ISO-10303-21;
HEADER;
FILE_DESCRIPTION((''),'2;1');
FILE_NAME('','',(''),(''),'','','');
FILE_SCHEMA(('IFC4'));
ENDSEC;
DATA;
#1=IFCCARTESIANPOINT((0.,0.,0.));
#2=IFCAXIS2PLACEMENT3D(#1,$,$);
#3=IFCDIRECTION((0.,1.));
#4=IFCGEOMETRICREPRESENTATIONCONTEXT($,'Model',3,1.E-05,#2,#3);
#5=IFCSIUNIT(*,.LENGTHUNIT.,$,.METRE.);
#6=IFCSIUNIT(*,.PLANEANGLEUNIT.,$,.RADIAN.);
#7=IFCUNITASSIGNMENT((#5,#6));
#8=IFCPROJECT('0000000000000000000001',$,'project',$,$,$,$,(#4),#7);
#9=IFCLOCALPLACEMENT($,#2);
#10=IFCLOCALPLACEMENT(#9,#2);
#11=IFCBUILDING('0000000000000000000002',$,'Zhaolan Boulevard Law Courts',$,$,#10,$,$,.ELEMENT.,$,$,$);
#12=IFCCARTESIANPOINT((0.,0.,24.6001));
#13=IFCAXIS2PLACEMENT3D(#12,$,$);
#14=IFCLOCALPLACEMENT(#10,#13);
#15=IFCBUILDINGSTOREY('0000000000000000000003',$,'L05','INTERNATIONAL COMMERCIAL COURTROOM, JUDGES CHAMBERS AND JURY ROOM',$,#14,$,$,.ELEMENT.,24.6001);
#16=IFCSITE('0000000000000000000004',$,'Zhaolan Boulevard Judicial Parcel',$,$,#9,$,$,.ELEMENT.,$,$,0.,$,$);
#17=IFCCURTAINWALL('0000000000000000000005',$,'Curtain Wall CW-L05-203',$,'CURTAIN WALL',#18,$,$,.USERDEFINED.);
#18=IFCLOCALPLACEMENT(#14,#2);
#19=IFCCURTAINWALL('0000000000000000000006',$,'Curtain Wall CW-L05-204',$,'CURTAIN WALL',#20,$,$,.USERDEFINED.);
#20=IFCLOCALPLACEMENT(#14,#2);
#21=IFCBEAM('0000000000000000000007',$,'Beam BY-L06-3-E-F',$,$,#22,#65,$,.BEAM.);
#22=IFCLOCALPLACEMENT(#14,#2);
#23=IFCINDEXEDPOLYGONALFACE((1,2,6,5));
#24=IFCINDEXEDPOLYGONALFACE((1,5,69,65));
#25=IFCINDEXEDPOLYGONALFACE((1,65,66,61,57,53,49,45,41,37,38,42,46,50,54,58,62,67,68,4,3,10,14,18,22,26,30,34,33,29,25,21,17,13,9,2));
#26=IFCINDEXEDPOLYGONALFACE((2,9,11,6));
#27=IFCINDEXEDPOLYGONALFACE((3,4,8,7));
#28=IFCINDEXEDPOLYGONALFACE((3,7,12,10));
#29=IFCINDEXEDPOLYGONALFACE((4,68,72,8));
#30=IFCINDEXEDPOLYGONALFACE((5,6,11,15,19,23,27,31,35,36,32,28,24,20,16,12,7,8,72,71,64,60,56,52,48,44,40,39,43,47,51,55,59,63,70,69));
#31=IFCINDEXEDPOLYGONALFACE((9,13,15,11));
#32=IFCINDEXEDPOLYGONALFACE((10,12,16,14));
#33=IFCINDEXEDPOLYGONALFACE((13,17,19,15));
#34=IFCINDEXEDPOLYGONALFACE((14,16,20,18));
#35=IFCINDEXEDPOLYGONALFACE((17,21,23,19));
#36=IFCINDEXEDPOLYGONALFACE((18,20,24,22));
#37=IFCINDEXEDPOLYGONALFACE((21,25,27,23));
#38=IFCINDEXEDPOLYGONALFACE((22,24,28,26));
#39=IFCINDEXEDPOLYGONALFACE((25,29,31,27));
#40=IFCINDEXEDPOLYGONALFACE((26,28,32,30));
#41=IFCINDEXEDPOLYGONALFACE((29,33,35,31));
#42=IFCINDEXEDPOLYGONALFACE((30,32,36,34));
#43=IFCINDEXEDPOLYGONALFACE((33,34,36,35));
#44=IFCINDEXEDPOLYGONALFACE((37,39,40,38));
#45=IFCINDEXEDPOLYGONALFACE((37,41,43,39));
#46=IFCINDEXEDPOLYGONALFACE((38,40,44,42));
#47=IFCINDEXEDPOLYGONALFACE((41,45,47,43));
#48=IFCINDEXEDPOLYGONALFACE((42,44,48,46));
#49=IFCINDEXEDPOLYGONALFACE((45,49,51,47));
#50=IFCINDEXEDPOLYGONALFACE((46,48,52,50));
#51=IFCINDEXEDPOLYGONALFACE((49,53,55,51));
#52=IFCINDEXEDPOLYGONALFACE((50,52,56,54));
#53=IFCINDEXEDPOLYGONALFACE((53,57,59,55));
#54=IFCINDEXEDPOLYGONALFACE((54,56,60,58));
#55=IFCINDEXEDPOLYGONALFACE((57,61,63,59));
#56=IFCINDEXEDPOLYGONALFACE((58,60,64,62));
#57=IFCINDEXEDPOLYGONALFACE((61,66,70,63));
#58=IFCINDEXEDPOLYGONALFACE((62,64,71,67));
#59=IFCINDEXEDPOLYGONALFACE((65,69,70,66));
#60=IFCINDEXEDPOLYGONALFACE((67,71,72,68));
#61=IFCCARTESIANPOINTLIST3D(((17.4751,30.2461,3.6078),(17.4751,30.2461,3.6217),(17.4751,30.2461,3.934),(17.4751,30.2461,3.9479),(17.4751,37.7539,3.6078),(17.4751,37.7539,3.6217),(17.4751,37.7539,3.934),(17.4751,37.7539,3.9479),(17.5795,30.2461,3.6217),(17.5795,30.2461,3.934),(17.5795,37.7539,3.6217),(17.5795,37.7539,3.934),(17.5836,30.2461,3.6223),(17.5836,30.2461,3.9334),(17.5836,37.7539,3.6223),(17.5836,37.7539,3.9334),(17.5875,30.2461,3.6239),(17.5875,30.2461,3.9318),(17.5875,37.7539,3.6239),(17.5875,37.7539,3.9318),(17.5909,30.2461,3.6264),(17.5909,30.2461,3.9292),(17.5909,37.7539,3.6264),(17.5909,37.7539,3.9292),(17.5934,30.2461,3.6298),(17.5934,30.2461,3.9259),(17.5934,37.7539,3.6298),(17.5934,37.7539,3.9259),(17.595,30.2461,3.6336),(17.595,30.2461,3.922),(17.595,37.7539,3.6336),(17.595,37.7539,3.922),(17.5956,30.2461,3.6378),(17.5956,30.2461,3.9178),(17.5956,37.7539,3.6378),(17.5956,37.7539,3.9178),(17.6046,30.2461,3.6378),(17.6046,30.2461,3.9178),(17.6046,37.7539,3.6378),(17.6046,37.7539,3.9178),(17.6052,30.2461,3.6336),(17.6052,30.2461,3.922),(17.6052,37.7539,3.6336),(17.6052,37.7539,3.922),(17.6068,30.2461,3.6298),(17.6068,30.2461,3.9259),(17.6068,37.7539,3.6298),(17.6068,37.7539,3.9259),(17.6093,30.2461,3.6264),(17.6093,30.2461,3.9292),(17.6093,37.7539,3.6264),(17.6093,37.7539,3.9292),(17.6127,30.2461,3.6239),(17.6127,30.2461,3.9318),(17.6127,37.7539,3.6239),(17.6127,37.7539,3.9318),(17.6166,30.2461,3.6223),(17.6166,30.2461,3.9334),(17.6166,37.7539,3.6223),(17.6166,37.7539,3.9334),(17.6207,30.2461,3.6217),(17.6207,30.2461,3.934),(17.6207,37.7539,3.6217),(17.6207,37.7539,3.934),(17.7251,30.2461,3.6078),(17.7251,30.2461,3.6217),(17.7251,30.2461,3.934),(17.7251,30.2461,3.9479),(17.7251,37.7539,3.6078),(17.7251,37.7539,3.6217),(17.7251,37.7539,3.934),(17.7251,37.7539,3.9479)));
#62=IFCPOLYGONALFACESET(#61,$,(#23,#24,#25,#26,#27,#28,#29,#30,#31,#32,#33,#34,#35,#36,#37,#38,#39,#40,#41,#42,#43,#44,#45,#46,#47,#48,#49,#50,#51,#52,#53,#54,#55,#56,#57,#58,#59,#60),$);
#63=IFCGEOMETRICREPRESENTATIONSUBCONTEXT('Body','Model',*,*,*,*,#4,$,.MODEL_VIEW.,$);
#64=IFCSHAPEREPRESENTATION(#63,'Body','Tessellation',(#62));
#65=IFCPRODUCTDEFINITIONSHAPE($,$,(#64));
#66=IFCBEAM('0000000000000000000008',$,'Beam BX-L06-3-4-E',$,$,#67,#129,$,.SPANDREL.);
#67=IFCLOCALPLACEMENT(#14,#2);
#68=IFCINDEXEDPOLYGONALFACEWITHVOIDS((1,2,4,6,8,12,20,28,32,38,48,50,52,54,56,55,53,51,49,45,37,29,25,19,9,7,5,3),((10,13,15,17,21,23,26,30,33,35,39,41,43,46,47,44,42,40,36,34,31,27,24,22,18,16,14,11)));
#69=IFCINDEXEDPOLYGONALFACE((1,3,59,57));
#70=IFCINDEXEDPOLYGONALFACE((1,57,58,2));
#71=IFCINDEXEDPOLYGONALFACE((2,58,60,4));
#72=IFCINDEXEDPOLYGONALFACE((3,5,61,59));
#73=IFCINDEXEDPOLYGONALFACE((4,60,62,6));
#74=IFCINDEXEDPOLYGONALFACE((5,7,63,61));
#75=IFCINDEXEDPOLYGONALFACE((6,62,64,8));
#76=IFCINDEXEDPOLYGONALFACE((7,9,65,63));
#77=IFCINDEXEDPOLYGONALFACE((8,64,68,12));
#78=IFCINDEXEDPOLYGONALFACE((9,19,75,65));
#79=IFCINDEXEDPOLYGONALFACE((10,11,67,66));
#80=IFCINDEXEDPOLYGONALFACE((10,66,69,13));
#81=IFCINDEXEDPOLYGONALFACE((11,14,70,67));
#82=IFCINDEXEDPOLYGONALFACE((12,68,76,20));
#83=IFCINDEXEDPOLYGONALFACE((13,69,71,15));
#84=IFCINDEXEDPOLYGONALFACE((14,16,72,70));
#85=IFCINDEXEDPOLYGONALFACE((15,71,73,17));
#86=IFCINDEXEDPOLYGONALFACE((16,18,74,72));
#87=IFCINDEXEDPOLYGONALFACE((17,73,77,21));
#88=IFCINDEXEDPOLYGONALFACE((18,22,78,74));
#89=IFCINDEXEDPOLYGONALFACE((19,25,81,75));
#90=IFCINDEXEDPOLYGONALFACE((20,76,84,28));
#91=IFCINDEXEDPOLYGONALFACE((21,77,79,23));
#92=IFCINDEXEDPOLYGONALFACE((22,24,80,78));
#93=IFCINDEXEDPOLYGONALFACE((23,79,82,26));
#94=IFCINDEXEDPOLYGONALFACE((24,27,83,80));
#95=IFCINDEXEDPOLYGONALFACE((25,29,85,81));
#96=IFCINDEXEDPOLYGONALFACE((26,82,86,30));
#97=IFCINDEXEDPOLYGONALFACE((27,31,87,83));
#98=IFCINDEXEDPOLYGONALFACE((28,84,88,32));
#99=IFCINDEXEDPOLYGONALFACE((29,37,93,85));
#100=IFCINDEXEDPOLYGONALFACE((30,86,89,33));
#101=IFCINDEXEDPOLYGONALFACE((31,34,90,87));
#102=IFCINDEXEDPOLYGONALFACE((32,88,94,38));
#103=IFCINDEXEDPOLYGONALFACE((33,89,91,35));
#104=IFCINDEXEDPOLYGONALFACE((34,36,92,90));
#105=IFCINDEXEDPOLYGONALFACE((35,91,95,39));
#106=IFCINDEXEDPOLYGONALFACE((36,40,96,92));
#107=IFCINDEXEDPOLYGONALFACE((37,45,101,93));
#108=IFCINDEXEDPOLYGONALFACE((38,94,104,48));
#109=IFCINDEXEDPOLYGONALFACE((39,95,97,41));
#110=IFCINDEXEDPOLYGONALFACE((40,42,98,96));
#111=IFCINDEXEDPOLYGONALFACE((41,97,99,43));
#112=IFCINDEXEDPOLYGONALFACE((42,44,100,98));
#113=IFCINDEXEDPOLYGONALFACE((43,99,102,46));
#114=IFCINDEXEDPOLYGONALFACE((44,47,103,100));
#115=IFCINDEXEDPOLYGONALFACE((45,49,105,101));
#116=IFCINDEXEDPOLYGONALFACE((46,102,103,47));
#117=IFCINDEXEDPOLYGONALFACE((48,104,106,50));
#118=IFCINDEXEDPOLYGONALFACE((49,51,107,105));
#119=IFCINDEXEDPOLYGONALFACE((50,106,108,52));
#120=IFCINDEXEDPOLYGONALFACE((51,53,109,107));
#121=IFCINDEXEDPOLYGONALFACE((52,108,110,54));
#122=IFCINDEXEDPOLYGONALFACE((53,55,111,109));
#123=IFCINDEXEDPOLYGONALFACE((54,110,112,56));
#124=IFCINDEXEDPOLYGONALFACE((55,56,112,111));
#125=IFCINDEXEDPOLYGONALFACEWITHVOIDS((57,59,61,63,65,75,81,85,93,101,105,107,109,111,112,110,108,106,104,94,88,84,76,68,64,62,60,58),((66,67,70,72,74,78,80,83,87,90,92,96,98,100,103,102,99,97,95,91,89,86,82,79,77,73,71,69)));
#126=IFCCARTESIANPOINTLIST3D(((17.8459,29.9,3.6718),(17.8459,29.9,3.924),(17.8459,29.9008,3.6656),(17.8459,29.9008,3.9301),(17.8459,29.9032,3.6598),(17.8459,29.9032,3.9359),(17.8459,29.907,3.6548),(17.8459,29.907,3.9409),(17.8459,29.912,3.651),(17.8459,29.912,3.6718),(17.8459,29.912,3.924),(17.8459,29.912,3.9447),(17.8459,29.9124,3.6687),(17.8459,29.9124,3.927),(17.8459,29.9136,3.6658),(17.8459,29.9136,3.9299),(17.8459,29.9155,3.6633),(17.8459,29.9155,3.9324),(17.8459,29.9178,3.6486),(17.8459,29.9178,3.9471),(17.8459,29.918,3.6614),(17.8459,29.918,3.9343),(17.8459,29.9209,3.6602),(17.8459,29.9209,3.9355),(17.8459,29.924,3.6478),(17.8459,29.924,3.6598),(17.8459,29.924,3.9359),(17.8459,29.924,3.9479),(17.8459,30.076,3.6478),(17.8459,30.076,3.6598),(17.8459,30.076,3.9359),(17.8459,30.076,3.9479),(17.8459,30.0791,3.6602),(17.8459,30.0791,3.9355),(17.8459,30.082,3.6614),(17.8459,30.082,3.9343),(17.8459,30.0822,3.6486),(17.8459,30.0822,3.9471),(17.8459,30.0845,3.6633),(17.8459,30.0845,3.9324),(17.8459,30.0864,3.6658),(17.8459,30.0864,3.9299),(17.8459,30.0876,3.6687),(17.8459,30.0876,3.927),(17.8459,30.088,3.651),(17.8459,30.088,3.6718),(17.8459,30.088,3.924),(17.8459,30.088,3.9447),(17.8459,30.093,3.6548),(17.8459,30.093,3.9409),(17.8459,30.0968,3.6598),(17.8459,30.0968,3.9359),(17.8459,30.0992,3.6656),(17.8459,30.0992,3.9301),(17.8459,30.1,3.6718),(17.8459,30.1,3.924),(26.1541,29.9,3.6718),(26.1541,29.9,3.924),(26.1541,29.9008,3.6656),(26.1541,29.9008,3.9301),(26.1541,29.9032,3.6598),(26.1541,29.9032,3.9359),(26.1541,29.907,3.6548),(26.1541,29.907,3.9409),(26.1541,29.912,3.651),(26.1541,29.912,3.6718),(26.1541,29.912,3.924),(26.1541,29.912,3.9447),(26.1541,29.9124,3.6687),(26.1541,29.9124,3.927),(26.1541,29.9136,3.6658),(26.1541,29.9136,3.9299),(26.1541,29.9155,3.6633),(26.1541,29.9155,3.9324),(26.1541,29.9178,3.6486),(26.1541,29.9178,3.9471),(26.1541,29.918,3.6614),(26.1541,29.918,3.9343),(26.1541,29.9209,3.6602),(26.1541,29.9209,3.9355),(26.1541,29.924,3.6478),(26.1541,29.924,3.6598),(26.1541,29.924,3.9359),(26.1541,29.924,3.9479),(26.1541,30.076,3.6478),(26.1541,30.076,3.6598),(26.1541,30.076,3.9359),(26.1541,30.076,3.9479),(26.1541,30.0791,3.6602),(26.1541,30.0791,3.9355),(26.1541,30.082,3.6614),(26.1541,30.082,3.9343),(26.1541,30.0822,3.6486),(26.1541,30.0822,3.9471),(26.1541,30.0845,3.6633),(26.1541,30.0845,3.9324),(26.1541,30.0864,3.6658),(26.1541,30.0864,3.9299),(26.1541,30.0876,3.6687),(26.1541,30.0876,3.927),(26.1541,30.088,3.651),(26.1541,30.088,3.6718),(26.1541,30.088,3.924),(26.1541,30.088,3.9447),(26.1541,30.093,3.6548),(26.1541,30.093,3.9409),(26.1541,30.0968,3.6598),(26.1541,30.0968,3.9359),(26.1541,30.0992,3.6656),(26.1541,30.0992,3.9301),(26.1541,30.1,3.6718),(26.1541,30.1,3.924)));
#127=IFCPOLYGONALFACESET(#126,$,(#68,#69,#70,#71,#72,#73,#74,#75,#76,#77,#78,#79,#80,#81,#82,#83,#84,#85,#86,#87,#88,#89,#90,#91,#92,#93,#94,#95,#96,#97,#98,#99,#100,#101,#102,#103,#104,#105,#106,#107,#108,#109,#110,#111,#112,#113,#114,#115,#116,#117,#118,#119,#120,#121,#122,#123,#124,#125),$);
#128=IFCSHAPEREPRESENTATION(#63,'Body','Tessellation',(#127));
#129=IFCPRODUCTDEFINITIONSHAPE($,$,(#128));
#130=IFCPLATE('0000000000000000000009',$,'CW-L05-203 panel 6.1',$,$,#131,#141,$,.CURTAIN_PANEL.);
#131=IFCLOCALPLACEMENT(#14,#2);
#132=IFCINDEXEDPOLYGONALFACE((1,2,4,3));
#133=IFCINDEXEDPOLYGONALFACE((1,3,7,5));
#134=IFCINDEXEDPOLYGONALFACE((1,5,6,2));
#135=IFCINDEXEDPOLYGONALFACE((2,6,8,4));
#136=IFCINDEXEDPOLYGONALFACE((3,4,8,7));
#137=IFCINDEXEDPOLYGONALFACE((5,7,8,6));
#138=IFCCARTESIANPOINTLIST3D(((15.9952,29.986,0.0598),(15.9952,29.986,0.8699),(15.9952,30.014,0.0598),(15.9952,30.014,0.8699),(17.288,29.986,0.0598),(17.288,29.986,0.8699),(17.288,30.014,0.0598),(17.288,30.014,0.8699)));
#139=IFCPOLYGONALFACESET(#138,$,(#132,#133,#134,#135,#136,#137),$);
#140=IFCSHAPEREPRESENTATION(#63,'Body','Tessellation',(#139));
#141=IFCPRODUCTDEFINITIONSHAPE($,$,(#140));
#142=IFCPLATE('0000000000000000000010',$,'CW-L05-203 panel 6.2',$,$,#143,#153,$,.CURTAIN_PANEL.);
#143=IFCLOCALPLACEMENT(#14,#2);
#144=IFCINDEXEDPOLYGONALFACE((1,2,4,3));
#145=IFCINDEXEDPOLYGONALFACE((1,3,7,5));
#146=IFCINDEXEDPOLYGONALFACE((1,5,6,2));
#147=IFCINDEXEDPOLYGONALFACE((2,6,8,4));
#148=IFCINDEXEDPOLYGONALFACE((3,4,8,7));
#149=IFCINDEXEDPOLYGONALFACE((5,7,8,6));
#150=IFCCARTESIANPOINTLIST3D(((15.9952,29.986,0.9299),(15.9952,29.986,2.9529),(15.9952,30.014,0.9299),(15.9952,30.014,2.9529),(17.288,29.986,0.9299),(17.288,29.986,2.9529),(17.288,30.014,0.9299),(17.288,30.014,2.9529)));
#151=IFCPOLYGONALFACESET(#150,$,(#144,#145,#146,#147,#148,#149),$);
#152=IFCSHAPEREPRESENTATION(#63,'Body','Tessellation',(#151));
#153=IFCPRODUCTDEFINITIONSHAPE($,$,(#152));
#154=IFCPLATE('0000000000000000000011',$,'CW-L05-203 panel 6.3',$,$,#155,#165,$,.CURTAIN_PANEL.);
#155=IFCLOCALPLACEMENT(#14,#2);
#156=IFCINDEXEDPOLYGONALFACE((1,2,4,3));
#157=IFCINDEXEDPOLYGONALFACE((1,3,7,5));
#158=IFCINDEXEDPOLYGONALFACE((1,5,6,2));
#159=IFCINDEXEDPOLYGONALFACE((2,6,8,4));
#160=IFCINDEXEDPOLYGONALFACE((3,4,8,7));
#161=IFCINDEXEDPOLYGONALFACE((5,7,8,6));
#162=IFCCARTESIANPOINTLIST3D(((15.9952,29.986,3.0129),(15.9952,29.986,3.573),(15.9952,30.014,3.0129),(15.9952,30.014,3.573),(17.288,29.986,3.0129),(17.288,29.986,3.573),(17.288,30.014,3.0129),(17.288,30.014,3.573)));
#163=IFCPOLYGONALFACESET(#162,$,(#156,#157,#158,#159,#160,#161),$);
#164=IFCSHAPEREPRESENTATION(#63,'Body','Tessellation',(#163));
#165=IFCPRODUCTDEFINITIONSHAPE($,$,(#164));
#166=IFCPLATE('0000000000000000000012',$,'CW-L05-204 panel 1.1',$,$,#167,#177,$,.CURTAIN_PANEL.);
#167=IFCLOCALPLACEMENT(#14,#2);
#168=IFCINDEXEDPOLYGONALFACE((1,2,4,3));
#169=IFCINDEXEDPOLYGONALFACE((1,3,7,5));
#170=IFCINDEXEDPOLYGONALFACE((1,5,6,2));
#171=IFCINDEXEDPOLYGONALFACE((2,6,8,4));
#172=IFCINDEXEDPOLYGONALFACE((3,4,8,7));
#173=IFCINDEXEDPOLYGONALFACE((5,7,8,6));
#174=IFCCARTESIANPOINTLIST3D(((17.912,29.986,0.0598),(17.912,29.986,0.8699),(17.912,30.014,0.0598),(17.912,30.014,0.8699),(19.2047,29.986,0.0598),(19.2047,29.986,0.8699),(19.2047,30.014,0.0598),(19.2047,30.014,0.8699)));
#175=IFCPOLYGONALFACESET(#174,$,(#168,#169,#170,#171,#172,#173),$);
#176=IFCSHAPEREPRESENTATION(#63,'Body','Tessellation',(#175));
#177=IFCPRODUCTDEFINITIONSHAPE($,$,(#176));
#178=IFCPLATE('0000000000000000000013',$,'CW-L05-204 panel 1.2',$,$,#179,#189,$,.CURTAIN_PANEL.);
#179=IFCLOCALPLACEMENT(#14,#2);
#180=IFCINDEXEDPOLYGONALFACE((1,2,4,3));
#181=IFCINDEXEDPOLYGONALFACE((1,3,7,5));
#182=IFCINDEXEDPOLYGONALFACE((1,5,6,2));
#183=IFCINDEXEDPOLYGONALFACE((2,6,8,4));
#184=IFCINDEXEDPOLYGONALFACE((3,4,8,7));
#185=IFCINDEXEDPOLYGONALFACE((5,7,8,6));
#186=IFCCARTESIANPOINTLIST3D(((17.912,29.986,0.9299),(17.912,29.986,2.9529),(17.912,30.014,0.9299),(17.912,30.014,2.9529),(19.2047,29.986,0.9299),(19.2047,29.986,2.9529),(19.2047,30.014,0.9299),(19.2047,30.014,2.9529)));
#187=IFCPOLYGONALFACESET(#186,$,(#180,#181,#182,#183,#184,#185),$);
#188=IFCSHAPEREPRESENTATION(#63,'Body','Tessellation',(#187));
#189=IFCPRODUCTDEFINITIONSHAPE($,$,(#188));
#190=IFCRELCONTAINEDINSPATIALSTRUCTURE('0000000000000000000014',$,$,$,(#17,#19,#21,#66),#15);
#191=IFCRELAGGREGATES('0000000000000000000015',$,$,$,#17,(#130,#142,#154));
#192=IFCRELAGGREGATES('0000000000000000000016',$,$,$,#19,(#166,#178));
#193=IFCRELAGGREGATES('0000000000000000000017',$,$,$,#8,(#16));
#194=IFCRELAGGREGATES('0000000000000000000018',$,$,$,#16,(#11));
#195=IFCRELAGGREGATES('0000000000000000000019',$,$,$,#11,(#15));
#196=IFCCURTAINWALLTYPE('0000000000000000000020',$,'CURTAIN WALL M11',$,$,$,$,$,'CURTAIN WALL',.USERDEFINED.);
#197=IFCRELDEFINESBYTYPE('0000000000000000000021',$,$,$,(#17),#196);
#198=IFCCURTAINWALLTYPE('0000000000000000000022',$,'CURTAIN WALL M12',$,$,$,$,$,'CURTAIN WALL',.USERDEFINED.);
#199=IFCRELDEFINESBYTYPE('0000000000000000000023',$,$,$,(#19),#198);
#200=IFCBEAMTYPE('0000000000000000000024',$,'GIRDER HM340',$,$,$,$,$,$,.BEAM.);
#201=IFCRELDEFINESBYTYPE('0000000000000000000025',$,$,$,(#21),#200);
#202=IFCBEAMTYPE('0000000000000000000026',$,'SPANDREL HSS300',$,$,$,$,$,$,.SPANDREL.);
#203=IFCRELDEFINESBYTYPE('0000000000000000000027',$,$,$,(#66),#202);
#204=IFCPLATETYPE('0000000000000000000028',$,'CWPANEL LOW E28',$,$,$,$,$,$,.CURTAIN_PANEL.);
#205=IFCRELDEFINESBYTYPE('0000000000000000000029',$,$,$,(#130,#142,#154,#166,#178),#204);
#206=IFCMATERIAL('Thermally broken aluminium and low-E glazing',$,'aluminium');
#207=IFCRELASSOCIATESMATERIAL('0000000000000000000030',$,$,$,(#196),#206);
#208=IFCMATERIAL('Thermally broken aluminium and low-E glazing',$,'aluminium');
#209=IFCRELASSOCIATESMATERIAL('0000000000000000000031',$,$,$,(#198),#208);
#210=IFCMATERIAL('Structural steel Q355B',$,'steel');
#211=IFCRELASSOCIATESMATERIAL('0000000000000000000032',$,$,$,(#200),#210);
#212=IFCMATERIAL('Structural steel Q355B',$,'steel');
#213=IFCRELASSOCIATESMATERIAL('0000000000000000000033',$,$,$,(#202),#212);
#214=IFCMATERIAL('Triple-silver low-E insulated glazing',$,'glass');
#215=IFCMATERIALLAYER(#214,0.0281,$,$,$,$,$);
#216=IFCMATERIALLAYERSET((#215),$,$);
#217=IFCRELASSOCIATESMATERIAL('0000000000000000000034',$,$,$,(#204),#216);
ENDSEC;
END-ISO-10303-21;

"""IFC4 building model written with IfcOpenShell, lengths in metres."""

from ifc_helpers import new_model, si_unit, direction, frame, origin, origin_2d, place, context, subcontext, project, spatial, rectangle, hollow_rectangle, i_section, extrude, material, layer, layer_set, material_profile, profile_set, type_object, element, aggregate, save


model = new_model("IFC4")

# Units and contexts
model_context = context("Model", 3, precision=1e-05, world=origin(), true_north=direction((0.0, 1.0)))
body_context = subcontext(model_context, "Body", "Model", "MODEL_VIEW")
ifc_project = project(units=[si_unit("LENGTHUNIT", "METRE"), si_unit("PLANEANGLEUNIT", "RADIAN")], contexts=[model_context])

# Site, building, storey
site_placement = place(None, origin())
site = spatial("IfcSite", under=ifc_project, at=site_placement, Name="Zhaolan Boulevard Judicial Parcel", CompositionType="ELEMENT", RefElevation=0.0)
building_placement = place(site_placement, origin())
building = spatial("IfcBuilding", under=site, at=building_placement, Name="Zhaolan Boulevard Law Courts", CompositionType="ELEMENT")
storey_placement = place(building_placement, frame((0.0, 0.0, 24.6001)))
storey = spatial("IfcBuildingStorey", under=building, at=storey_placement, Name="L05", Description="INTERNATIONAL COMMERCIAL COURTROOM, JUDGES CHAMBERS AND JURY ROOM", CompositionType="ELEMENT", Elevation=24.6001)

# Curtain walls
ifc_material_1 = material(Name="Thermally broken aluminium and low-E glazing", Category="aluminium")
curtain_wall_type_1 = type_object("IfcCurtainWallType", Name="CURTAIN WALL M11", ElementType="CURTAIN WALL", PredefinedType="USERDEFINED", material=ifc_material_1)
curtain_wall_1_placement = place(storey_placement, origin())
curtain_wall_1 = element("IfcCurtainWall", 1, at=curtain_wall_1_placement, inside=storey, type_object=curtain_wall_type_1, Name="Curtain Wall CW-L05-203", ObjectType="CURTAIN WALL", PredefinedType="USERDEFINED")
ifc_material_2 = material(Name="Thermally broken aluminium and low-E glazing", Category="aluminium")
curtain_wall_type_2 = type_object("IfcCurtainWallType", Name="CURTAIN WALL M12", ElementType="CURTAIN WALL", PredefinedType="USERDEFINED", material=ifc_material_2)
curtain_wall_2_placement = place(storey_placement, origin())
curtain_wall_2 = element("IfcCurtainWall", 2, at=curtain_wall_2_placement, inside=storey, type_object=curtain_wall_type_2, Name="Curtain Wall CW-L05-204", ObjectType="CURTAIN WALL", PredefinedType="USERDEFINED")

# Beams
ifc_material_3 = material(Name="Structural steel Q355B", Category="steel")
ifc_material_profile_1 = material_profile(ifc_material_3, i_section(OverallWidth=0.25, OverallDepth=0.3401, WebThickness=0.009, FlangeThickness=0.0139, FilletRadius=0.0161, at=origin_2d()), Name="HM340x250")
ifc_profile_set_1 = profile_set([ifc_material_profile_1], Name="Structural steel Q355B")
beam_type_1 = type_object("IfcBeamType", Name="GIRDER HM340", PredefinedType="BEAM", material=ifc_profile_set_1)
beam_1_placement = place(storey_placement, frame((17.6001, 30.2461, 3.7778), z_axis=(0.0, 1.0, 0.0), x_axis=(-1.0, 0.0, 0.0)))
element("IfcBeam", 3, at=beam_1_placement, inside=storey, type_object=beam_type_1, Name="Beam BY-L06-3-E-F", PredefinedType="BEAM", context=body_context, shape_type="SweptSolid", body=[
    extrude(i_section(OverallWidth=0.25, OverallDepth=0.3401, WebThickness=0.009, FlangeThickness=0.0139, FilletRadius=0.0161, at=origin_2d()), origin(), (0.0, 0.0, 1.0), 7.5078),
])
ifc_material_4 = material(Name="Structural steel Q355B", Category="steel")
ifc_material_profile_2 = material_profile(ifc_material_4, hollow_rectangle(XDim=0.2, YDim=0.3, WallThickness=0.012, InnerFilletRadius=0.012, OuterFilletRadius=0.0239, at=origin_2d()), Name="HSS300x200x12")
ifc_profile_set_2 = profile_set([ifc_material_profile_2], Name="Structural steel Q355B")
beam_type_2 = type_object("IfcBeamType", Name="SPANDREL HSS300", PredefinedType="SPANDREL", material=ifc_profile_set_2)
beam_2_placement = place(storey_placement, frame((17.8459, 30.0, 3.7979), z_axis=(1.0, 0.0, 0.0), x_axis=(0.0, 1.0, 0.0)))
element("IfcBeam", 4, at=beam_2_placement, inside=storey, type_object=beam_type_2, Name="Beam BX-L06-3-4-E", PredefinedType="SPANDREL", context=body_context, shape_type="SweptSolid", body=[
    extrude(hollow_rectangle(XDim=0.2, YDim=0.3, WallThickness=0.012, InnerFilletRadius=0.012, OuterFilletRadius=0.0239, at=origin_2d()), origin(), (0.0, 0.0, 1.0), 8.3081),
])

# Plates
ifc_material_5 = material(Name="Triple-silver low-E insulated glazing", Category="glass")
ifc_layer_1 = layer(ifc_material_5, 0.0281)
ifc_layer_set_1 = layer_set([ifc_layer_1])
plate_type_1 = type_object("IfcPlateType", Name="CWPANEL LOW E28", PredefinedType="CURTAIN_PANEL", material=ifc_layer_set_1)
plate_1_placement = place(storey_placement, frame((16.6416, 30.0, 0.0598), z_axis=(0.0, 0.0, 1.0), x_axis=(1.0, 0.0, 0.0)))
plate_1 = element("IfcPlate", 5, at=plate_1_placement, type_object=plate_type_1, Name="CW-L05-203 panel 6.1", PredefinedType="CURTAIN_PANEL", context=body_context, shape_type="SweptSolid", body=[
    extrude(rectangle(XDim=1.2927, YDim=0.0281, at=origin_2d()), origin(), (0.0, 0.0, 1.0), 0.8101),
])
plate_2_placement = place(storey_placement, frame((16.6416, 30.0, 0.9299), z_axis=(0.0, 0.0, 1.0), x_axis=(1.0, 0.0, 0.0)))
plate_2 = element("IfcPlate", 6, at=plate_2_placement, type_object=plate_type_1, Name="CW-L05-203 panel 6.2", PredefinedType="CURTAIN_PANEL", context=body_context, shape_type="SweptSolid", body=[
    extrude(rectangle(XDim=1.2927, YDim=0.0281, at=origin_2d()), origin(), (0.0, 0.0, 1.0), 2.0229),
])
plate_3_placement = place(storey_placement, frame((16.6416, 30.0, 3.0129), z_axis=(0.0, 0.0, 1.0), x_axis=(1.0, 0.0, 0.0)))
plate_3 = element("IfcPlate", 7, at=plate_3_placement, type_object=plate_type_1, Name="CW-L05-203 panel 6.3", PredefinedType="CURTAIN_PANEL", context=body_context, shape_type="SweptSolid", body=[
    extrude(rectangle(XDim=1.2927, YDim=0.0281, at=origin_2d()), origin(), (0.0, 0.0, 1.0), 0.5601),
])
aggregate(curtain_wall_1, [plate_1, plate_2, plate_3])
plate_4_placement = place(storey_placement, frame((18.5583, 30.0, 0.0598), z_axis=(0.0, 0.0, 1.0), x_axis=(1.0, 0.0, 0.0)))
plate_4 = element("IfcPlate", 8, at=plate_4_placement, type_object=plate_type_1, Name="CW-L05-204 panel 1.1", PredefinedType="CURTAIN_PANEL", context=body_context, shape_type="SweptSolid", body=[
    extrude(rectangle(XDim=1.2927, YDim=0.0281, at=origin_2d()), origin(), (0.0, 0.0, 1.0), 0.8101),
])
plate_5_placement = place(storey_placement, frame((18.5583, 30.0, 0.9299), z_axis=(0.0, 0.0, 1.0), x_axis=(1.0, 0.0, 0.0)))
plate_5 = element("IfcPlate", 9, at=plate_5_placement, type_object=plate_type_1, Name="CW-L05-204 panel 1.2", PredefinedType="CURTAIN_PANEL", context=body_context, shape_type="SweptSolid", body=[
    extrude(rectangle(XDim=1.2927, YDim=0.0281, at=origin_2d()), origin(), (0.0, 0.0, 1.0), 2.0229),
])
aggregate(curtain_wall_2, [plate_4, plate_5])

save(model, "model.ifc")
